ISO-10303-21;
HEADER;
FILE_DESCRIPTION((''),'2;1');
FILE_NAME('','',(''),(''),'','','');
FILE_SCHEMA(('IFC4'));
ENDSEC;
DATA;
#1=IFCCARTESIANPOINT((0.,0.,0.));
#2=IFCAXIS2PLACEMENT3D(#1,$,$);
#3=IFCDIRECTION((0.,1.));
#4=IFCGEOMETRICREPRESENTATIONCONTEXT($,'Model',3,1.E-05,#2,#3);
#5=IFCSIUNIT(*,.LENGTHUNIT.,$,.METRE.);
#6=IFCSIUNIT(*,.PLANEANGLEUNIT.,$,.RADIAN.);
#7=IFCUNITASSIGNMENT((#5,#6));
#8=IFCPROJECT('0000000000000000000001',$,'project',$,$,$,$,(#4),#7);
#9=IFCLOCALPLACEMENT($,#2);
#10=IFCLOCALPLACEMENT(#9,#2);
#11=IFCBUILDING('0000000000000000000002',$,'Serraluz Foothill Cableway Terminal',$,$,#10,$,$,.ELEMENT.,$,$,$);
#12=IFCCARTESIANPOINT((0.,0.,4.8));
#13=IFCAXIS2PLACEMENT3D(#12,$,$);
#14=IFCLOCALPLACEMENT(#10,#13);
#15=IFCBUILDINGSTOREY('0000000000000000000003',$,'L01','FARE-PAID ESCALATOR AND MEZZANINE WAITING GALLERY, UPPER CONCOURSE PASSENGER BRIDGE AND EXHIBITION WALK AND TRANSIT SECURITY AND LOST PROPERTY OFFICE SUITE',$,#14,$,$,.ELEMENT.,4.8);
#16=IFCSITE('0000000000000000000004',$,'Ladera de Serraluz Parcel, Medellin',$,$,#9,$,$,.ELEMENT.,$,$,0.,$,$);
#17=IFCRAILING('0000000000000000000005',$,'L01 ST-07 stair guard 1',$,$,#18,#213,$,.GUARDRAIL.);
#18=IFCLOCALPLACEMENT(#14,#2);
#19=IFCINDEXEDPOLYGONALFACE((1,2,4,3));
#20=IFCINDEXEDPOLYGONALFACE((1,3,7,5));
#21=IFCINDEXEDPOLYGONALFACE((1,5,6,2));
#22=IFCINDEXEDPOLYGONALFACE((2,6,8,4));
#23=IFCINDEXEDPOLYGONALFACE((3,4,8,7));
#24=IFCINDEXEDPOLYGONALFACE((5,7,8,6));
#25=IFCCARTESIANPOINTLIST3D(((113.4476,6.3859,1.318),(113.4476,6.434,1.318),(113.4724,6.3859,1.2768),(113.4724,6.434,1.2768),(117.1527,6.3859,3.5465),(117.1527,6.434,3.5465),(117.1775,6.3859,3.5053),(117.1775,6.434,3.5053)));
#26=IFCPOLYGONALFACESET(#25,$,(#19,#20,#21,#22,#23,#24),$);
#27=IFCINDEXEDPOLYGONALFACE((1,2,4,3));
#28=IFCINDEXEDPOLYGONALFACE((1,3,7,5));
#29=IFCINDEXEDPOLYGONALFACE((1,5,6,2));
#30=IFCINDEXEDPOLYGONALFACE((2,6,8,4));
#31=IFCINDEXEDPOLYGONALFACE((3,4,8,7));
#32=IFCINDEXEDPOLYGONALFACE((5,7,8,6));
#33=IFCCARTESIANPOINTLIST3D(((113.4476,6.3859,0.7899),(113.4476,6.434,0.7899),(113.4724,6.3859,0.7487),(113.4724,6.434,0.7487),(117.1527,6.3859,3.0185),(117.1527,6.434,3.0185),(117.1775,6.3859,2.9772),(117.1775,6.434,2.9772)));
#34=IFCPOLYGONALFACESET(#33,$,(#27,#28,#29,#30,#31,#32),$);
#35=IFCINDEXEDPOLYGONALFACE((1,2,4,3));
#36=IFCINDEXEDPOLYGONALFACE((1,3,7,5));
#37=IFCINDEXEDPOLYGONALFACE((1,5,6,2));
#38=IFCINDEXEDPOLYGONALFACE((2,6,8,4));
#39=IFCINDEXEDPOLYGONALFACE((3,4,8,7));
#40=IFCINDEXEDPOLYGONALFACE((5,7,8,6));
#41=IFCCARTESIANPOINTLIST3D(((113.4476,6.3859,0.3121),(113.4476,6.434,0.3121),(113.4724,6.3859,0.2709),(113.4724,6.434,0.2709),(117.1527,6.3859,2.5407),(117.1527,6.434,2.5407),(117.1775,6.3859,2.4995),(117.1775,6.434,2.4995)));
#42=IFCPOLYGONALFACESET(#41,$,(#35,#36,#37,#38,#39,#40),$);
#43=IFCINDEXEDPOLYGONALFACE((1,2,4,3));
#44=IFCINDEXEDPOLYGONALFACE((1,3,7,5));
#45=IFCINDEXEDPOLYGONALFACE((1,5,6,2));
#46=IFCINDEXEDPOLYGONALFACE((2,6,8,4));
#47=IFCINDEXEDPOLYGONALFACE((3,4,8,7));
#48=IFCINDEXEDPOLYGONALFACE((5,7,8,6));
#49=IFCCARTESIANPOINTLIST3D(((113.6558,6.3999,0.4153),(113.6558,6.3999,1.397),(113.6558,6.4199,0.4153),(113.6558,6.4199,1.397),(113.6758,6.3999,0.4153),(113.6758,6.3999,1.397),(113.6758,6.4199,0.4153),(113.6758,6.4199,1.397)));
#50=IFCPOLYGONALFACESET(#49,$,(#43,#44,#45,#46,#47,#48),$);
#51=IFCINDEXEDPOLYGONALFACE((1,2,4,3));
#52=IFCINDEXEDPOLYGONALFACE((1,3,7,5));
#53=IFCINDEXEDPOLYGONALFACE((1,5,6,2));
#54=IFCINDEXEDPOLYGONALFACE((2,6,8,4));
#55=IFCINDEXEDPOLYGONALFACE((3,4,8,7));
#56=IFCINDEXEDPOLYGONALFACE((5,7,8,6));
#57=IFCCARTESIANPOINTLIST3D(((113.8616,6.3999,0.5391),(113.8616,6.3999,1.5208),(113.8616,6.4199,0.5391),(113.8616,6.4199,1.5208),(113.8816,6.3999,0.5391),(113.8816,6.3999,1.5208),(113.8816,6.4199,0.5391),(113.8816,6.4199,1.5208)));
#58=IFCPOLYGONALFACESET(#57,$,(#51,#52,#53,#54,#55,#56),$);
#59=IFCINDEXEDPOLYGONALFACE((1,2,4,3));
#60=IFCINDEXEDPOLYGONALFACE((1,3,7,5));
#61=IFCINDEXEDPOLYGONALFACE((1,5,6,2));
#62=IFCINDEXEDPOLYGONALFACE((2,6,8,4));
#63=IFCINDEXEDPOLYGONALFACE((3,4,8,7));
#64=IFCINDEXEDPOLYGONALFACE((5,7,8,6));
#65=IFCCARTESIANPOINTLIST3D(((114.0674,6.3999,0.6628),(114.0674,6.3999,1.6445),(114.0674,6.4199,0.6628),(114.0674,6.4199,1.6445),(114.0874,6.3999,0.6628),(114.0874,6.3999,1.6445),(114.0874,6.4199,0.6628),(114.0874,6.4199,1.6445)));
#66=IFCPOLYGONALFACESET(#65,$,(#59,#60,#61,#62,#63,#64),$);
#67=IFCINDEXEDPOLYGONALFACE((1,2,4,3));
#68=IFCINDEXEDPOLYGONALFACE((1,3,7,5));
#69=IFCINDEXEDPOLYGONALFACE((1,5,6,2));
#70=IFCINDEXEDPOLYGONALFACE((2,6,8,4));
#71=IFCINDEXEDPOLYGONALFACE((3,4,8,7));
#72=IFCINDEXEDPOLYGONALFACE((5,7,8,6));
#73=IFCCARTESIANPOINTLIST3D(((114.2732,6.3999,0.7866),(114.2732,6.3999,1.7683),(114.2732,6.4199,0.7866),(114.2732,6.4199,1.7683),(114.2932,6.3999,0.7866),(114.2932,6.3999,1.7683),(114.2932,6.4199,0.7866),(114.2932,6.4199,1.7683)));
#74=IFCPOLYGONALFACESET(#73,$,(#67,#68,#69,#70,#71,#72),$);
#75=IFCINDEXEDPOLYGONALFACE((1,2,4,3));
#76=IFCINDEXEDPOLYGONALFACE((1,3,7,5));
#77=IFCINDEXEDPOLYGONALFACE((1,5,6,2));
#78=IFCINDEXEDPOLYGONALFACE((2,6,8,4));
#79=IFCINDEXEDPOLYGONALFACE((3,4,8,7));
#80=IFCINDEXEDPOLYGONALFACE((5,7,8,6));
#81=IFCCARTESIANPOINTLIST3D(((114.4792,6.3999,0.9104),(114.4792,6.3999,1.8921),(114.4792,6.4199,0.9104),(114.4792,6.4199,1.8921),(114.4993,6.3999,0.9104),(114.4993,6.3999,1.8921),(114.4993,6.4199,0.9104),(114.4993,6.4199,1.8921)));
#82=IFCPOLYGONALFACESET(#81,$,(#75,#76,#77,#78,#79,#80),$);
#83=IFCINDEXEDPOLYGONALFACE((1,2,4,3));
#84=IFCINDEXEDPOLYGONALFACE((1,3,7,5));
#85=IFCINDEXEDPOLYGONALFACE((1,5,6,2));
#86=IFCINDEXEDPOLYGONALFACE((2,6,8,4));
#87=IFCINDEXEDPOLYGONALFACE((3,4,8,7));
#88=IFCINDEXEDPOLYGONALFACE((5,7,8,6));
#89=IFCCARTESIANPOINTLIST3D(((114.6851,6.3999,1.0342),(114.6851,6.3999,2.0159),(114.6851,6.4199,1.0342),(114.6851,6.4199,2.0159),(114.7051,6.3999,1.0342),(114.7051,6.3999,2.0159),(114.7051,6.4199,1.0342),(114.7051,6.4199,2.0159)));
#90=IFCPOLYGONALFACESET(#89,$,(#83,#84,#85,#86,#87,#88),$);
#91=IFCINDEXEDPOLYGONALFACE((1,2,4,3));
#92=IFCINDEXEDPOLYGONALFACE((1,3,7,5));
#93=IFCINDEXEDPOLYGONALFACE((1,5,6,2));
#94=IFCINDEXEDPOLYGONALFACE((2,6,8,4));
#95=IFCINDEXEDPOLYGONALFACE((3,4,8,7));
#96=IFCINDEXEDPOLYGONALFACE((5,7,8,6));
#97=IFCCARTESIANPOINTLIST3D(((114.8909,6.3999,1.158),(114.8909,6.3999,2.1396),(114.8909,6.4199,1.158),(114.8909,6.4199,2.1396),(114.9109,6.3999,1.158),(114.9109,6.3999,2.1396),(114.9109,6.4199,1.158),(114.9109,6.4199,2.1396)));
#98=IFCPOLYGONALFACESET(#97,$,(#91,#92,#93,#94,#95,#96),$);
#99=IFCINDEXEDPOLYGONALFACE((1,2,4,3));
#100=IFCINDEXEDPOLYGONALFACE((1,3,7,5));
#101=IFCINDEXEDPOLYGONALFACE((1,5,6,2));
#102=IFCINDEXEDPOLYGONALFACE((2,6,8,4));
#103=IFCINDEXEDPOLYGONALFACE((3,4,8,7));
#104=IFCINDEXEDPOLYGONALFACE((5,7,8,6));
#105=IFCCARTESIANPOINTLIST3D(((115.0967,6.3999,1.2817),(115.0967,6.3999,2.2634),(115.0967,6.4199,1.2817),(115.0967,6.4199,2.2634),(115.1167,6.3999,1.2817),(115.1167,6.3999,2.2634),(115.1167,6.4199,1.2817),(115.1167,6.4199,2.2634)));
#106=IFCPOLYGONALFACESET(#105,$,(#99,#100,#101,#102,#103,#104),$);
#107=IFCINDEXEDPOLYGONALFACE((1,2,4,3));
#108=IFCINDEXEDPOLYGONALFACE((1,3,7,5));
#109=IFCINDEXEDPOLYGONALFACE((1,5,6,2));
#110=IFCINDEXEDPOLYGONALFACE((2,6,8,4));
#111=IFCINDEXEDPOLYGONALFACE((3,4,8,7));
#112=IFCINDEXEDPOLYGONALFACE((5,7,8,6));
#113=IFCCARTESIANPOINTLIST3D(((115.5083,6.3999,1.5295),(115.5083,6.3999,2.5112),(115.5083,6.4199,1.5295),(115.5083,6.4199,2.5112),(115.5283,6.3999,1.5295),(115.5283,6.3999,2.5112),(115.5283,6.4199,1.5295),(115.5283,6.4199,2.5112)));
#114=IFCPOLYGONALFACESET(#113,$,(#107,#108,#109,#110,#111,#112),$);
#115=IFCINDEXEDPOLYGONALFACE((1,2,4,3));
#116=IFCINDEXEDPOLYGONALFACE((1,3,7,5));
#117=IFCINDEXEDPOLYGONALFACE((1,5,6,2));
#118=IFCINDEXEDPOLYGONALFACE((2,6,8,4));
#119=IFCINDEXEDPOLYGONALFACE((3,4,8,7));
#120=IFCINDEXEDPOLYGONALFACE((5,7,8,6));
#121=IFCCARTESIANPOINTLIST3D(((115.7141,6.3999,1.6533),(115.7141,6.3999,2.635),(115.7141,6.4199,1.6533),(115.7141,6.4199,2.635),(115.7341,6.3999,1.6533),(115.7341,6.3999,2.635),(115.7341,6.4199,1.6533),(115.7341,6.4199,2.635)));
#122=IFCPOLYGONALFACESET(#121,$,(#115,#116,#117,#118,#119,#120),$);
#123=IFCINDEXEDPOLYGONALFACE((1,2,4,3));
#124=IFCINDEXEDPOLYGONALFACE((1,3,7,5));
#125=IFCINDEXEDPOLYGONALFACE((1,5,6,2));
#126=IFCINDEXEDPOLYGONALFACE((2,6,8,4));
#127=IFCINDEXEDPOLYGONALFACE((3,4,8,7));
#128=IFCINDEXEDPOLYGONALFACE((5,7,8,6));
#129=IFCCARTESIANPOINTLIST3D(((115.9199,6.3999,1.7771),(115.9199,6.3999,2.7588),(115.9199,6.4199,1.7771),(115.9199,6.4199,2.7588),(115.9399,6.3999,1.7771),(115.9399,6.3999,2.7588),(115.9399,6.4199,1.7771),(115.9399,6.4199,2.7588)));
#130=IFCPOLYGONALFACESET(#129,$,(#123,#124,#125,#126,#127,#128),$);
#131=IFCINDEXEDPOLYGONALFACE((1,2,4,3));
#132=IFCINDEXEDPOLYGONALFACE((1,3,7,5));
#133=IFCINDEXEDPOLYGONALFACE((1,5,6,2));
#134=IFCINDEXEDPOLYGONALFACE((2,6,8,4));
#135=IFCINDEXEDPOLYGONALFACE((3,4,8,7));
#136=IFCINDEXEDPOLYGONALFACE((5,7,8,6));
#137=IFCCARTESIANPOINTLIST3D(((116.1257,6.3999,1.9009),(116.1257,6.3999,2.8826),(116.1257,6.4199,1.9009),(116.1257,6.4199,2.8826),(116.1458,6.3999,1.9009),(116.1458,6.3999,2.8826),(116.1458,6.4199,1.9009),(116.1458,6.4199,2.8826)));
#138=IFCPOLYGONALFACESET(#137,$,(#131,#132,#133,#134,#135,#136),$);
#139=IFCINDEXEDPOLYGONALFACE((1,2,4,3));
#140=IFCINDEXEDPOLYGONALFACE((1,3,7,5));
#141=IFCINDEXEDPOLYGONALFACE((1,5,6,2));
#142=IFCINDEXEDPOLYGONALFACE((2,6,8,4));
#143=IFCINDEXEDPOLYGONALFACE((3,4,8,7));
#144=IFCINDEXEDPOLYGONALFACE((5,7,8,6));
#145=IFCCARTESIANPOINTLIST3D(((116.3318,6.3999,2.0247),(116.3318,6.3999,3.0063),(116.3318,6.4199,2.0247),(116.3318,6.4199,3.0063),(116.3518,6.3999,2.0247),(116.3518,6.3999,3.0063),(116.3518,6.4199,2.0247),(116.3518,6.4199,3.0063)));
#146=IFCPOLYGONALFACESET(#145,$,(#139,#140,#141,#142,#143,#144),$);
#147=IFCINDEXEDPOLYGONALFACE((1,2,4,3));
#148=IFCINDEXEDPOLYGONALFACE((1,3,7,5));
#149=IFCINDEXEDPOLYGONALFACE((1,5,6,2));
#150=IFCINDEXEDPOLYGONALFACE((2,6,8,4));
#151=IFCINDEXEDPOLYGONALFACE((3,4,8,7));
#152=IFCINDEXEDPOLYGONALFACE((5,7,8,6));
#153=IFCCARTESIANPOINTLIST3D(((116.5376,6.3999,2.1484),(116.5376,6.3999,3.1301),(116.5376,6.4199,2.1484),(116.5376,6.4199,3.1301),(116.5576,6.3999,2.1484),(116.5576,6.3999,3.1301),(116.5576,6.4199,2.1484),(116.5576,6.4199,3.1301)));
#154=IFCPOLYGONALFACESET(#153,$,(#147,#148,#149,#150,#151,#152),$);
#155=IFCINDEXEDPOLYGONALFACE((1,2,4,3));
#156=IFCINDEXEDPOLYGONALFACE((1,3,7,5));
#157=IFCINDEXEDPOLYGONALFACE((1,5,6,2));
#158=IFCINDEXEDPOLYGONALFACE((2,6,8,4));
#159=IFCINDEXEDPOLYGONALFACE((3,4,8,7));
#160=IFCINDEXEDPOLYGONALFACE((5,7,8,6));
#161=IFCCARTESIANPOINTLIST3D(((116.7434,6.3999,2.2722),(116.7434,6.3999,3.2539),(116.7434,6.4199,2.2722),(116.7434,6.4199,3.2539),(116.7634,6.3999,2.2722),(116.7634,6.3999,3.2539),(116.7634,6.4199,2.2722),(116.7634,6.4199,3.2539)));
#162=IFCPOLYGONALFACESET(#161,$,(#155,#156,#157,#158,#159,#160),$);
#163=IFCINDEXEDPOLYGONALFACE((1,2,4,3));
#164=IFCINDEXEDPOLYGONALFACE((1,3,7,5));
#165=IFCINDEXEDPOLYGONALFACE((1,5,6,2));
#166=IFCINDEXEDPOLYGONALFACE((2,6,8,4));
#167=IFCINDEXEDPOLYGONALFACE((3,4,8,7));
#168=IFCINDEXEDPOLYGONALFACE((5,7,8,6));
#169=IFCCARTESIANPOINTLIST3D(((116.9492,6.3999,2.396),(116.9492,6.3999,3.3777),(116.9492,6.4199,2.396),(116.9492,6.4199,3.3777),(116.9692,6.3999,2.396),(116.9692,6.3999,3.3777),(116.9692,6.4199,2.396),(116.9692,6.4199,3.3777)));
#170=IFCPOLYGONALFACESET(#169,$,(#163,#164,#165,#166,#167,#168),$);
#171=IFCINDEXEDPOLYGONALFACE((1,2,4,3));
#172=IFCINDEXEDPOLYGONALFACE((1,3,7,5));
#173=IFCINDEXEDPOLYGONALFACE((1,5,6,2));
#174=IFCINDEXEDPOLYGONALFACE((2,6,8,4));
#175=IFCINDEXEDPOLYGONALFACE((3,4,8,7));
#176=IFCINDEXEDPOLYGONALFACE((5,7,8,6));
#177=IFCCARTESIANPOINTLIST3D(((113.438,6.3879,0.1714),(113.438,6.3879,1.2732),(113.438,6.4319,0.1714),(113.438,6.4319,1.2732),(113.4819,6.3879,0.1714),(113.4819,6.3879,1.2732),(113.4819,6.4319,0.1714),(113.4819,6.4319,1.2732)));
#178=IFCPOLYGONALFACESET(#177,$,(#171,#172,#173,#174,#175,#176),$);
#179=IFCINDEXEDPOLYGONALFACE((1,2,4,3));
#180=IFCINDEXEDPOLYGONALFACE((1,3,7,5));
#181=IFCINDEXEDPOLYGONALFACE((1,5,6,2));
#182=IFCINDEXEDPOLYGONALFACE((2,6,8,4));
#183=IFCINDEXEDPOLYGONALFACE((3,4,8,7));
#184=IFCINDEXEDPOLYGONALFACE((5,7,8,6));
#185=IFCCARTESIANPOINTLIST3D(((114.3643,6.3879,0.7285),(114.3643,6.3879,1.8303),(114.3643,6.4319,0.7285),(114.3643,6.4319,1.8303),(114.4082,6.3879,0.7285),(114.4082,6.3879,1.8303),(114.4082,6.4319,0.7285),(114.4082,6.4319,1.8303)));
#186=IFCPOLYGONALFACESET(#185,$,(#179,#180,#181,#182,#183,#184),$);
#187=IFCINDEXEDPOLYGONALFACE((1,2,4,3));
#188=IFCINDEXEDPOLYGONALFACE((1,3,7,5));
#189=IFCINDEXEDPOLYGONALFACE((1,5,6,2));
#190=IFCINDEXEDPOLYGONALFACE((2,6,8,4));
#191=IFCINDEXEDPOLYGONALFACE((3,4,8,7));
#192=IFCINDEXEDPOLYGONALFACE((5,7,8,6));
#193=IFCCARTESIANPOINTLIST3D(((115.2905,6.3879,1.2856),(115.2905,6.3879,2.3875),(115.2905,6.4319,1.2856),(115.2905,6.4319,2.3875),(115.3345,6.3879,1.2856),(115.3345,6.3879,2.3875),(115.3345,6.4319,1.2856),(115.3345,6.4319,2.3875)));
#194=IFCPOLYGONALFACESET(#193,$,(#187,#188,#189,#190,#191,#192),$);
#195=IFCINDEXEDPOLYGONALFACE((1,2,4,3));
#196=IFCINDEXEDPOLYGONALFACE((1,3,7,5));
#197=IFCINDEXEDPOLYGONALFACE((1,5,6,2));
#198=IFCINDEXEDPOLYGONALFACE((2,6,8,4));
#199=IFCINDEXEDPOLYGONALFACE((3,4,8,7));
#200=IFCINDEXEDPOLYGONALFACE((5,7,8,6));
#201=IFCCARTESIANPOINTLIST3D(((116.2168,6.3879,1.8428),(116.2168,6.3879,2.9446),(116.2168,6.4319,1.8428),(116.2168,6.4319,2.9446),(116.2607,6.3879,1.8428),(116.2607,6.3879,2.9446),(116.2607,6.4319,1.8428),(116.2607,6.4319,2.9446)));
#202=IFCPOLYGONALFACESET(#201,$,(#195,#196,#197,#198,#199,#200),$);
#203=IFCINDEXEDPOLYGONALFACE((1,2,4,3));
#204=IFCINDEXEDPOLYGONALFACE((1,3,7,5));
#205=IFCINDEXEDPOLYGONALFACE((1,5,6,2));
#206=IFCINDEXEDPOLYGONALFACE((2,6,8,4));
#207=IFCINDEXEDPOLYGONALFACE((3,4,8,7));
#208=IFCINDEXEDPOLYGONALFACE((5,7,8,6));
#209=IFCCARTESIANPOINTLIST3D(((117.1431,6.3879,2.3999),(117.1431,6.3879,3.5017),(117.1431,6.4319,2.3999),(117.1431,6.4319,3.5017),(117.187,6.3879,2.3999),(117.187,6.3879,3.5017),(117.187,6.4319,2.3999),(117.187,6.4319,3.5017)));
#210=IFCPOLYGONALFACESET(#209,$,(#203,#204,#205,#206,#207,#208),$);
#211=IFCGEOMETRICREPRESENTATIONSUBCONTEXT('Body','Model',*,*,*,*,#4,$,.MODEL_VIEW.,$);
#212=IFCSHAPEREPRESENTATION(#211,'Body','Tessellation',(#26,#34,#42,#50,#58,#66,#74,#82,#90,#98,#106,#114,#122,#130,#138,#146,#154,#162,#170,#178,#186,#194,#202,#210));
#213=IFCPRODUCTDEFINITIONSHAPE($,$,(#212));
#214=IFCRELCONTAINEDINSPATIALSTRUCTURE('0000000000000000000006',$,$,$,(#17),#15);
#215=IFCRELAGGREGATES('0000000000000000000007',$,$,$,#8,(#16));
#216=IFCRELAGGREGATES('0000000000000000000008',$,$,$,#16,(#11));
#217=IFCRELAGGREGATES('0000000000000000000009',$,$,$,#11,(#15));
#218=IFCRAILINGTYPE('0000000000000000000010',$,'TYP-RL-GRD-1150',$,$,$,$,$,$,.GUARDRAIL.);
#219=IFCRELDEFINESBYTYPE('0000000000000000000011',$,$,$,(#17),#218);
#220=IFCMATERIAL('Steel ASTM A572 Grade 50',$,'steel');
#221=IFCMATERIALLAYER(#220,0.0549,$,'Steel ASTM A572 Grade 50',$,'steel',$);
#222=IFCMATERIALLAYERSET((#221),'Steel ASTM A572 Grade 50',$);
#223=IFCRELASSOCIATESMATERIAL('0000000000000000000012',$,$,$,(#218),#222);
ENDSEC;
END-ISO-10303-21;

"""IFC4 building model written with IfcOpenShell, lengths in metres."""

from ifc_helpers import new_model, si_unit, direction, frame, origin, origin_2d, place, context, subcontext, project, spatial, rectangle, extrude, material, layer, layer_set, type_object, element, save


model = new_model("IFC4")

# Units and contexts
model_context = context("Model", 3, precision=1e-05, world=origin(), true_north=direction((0.0, 1.0)))
body_context = subcontext(model_context, "Body", "Model", "MODEL_VIEW")
ifc_project = project(units=[si_unit("LENGTHUNIT", "METRE"), si_unit("PLANEANGLEUNIT", "RADIAN")], contexts=[model_context])

# Site, building, storey
site_placement = place(None, origin())
site = spatial("IfcSite", under=ifc_project, at=site_placement, Name="Ladera de Serraluz Parcel, Medellin", CompositionType="ELEMENT", RefElevation=0.0)
building_placement = place(site_placement, origin())
building = spatial("IfcBuilding", under=site, at=building_placement, Name="Serraluz Foothill Cableway Terminal", CompositionType="ELEMENT")
storey_placement = place(building_placement, frame((0.0, 0.0, 4.8)))
storey = spatial("IfcBuildingStorey", under=building, at=storey_placement, Name="L01", Description="FARE-PAID ESCALATOR AND MEZZANINE WAITING GALLERY, UPPER CONCOURSE PASSENGER BRIDGE AND EXHIBITION WALK AND TRANSIT SECURITY AND LOST PROPERTY OFFICE SUITE", CompositionType="ELEMENT", Elevation=4.8)

# Railing
ifc_material_1 = material(Name="Steel ASTM A572 Grade 50", Category="steel")
ifc_layer_1 = layer(ifc_material_1, 0.0549, Name="Steel ASTM A572 Grade 50", Category="steel")
ifc_layer_set_1 = layer_set([ifc_layer_1], Name="Steel ASTM A572 Grade 50")
railing_type_1 = type_object("IfcRailingType", Name="TYP-RL-GRD-1150", PredefinedType="GUARDRAIL", material=ifc_layer_set_1)
railing_1_placement = place(storey_placement, frame((113.46, 6.4099, 0.1714)))
element("IfcRailing", 1, at=railing_1_placement, inside=storey, type_object=railing_type_1, Name="L01 ST-07 stair guard 1", PredefinedType="GUARDRAIL", context=body_context, shape_type="SweptSolid", body=[
    extrude(rectangle(XDim=0.0481, YDim=0.0481, at=origin_2d()), frame((0.0, 0.0, 1.126), z_axis=(0.856934, 0.0, 0.515425), x_axis=(0.0, 1.0, 0.0)), (0.0, 0.0, 1.0), 4.3237),
    extrude(rectangle(XDim=0.0481, YDim=0.0481, at=origin_2d()), frame((0.0, 0.0, 0.5979), z_axis=(0.856934, 0.0, 0.515425), x_axis=(0.0, 1.0, 0.0)), (0.0, 0.0, 1.0), 4.3237),
    extrude(rectangle(XDim=0.0481, YDim=0.0481, at=origin_2d()), frame((0.0, 0.0, 0.1201), z_axis=(0.856934, 0.0, 0.515425), x_axis=(0.0, 1.0, 0.0)), (0.0, 0.0, 1.0), 4.3237),
    extrude(rectangle(XDim=0.02, YDim=0.02, at=origin_2d()), frame((0.2058, 0.0, 0.2439)), (0.0, 0.0, 1.0), 0.9817),
    extrude(rectangle(XDim=0.02, YDim=0.02, at=origin_2d()), frame((0.4116, 0.0, 0.3677)), (0.0, 0.0, 1.0), 0.9817),
    extrude(rectangle(XDim=0.02, YDim=0.02, at=origin_2d()), frame((0.6174, 0.0, 0.4915)), (0.0, 0.0, 1.0), 0.9817),
    extrude(rectangle(XDim=0.02, YDim=0.02, at=origin_2d()), frame((0.8232, 0.0, 0.6152)), (0.0, 0.0, 1.0), 0.9817),
    extrude(rectangle(XDim=0.02, YDim=0.02, at=origin_2d()), frame((1.0293, 0.0, 0.739)), (0.0, 0.0, 1.0), 0.9817),
    extrude(rectangle(XDim=0.02, YDim=0.02, at=origin_2d()), frame((1.2351, 0.0, 0.8628)), (0.0, 0.0, 1.0), 0.9817),
    extrude(rectangle(XDim=0.02, YDim=0.02, at=origin_2d()), frame((1.4409, 0.0, 0.9866)), (0.0, 0.0, 1.0), 0.9817),
    extrude(rectangle(XDim=0.02, YDim=0.02, at=origin_2d()), frame((1.6467, 0.0, 1.1104)), (0.0, 0.0, 1.0), 0.9817),
    extrude(rectangle(XDim=0.02, YDim=0.02, at=origin_2d()), frame((2.0583, 0.0, 1.3582)), (0.0, 0.0, 1.0), 0.9817),
    extrude(rectangle(XDim=0.02, YDim=0.02, at=origin_2d()), frame((2.2642, 0.0, 1.4819)), (0.0, 0.0, 1.0), 0.9817),
    extrude(rectangle(XDim=0.02, YDim=0.02, at=origin_2d()), frame((2.47, 0.0, 1.6057)), (0.0, 0.0, 1.0), 0.9817),
    extrude(rectangle(XDim=0.02, YDim=0.02, at=origin_2d()), frame((2.6758, 0.0, 1.7295)), (0.0, 0.0, 1.0), 0.9817),
    extrude(rectangle(XDim=0.02, YDim=0.02, at=origin_2d()), frame((2.8818, 0.0, 1.8533)), (0.0, 0.0, 1.0), 0.9817),
    extrude(rectangle(XDim=0.02, YDim=0.02, at=origin_2d()), frame((3.0876, 0.0, 1.9771)), (0.0, 0.0, 1.0), 0.9817),
    extrude(rectangle(XDim=0.02, YDim=0.02, at=origin_2d()), frame((3.2935, 0.0, 2.1008)), (0.0, 0.0, 1.0), 0.9817),
    extrude(rectangle(XDim=0.02, YDim=0.02, at=origin_2d()), frame((3.4993, 0.0, 2.2246)), (0.0, 0.0, 1.0), 0.9817),
    extrude(rectangle(XDim=0.0439, YDim=0.0439, at=origin_2d()), origin(), (0.0, 0.0, 1.0), 1.1018),
    extrude(rectangle(XDim=0.0439, YDim=0.0439, at=origin_2d()), frame((0.9263, 0.0, 0.5571)), (0.0, 0.0, 1.0), 1.1018),
    extrude(rectangle(XDim=0.0439, YDim=0.0439, at=origin_2d()), frame((1.8525, 0.0, 1.1143)), (0.0, 0.0, 1.0), 1.1018),
    extrude(rectangle(XDim=0.0439, YDim=0.0439, at=origin_2d()), frame((2.7788, 0.0, 1.6714)), (0.0, 0.0, 1.0), 1.1018),
    extrude(rectangle(XDim=0.0439, YDim=0.0439, at=origin_2d()), frame((3.7051, 0.0, 2.2285)), (0.0, 0.0, 1.0), 1.1018),
])

save(model, "model.ifc")
